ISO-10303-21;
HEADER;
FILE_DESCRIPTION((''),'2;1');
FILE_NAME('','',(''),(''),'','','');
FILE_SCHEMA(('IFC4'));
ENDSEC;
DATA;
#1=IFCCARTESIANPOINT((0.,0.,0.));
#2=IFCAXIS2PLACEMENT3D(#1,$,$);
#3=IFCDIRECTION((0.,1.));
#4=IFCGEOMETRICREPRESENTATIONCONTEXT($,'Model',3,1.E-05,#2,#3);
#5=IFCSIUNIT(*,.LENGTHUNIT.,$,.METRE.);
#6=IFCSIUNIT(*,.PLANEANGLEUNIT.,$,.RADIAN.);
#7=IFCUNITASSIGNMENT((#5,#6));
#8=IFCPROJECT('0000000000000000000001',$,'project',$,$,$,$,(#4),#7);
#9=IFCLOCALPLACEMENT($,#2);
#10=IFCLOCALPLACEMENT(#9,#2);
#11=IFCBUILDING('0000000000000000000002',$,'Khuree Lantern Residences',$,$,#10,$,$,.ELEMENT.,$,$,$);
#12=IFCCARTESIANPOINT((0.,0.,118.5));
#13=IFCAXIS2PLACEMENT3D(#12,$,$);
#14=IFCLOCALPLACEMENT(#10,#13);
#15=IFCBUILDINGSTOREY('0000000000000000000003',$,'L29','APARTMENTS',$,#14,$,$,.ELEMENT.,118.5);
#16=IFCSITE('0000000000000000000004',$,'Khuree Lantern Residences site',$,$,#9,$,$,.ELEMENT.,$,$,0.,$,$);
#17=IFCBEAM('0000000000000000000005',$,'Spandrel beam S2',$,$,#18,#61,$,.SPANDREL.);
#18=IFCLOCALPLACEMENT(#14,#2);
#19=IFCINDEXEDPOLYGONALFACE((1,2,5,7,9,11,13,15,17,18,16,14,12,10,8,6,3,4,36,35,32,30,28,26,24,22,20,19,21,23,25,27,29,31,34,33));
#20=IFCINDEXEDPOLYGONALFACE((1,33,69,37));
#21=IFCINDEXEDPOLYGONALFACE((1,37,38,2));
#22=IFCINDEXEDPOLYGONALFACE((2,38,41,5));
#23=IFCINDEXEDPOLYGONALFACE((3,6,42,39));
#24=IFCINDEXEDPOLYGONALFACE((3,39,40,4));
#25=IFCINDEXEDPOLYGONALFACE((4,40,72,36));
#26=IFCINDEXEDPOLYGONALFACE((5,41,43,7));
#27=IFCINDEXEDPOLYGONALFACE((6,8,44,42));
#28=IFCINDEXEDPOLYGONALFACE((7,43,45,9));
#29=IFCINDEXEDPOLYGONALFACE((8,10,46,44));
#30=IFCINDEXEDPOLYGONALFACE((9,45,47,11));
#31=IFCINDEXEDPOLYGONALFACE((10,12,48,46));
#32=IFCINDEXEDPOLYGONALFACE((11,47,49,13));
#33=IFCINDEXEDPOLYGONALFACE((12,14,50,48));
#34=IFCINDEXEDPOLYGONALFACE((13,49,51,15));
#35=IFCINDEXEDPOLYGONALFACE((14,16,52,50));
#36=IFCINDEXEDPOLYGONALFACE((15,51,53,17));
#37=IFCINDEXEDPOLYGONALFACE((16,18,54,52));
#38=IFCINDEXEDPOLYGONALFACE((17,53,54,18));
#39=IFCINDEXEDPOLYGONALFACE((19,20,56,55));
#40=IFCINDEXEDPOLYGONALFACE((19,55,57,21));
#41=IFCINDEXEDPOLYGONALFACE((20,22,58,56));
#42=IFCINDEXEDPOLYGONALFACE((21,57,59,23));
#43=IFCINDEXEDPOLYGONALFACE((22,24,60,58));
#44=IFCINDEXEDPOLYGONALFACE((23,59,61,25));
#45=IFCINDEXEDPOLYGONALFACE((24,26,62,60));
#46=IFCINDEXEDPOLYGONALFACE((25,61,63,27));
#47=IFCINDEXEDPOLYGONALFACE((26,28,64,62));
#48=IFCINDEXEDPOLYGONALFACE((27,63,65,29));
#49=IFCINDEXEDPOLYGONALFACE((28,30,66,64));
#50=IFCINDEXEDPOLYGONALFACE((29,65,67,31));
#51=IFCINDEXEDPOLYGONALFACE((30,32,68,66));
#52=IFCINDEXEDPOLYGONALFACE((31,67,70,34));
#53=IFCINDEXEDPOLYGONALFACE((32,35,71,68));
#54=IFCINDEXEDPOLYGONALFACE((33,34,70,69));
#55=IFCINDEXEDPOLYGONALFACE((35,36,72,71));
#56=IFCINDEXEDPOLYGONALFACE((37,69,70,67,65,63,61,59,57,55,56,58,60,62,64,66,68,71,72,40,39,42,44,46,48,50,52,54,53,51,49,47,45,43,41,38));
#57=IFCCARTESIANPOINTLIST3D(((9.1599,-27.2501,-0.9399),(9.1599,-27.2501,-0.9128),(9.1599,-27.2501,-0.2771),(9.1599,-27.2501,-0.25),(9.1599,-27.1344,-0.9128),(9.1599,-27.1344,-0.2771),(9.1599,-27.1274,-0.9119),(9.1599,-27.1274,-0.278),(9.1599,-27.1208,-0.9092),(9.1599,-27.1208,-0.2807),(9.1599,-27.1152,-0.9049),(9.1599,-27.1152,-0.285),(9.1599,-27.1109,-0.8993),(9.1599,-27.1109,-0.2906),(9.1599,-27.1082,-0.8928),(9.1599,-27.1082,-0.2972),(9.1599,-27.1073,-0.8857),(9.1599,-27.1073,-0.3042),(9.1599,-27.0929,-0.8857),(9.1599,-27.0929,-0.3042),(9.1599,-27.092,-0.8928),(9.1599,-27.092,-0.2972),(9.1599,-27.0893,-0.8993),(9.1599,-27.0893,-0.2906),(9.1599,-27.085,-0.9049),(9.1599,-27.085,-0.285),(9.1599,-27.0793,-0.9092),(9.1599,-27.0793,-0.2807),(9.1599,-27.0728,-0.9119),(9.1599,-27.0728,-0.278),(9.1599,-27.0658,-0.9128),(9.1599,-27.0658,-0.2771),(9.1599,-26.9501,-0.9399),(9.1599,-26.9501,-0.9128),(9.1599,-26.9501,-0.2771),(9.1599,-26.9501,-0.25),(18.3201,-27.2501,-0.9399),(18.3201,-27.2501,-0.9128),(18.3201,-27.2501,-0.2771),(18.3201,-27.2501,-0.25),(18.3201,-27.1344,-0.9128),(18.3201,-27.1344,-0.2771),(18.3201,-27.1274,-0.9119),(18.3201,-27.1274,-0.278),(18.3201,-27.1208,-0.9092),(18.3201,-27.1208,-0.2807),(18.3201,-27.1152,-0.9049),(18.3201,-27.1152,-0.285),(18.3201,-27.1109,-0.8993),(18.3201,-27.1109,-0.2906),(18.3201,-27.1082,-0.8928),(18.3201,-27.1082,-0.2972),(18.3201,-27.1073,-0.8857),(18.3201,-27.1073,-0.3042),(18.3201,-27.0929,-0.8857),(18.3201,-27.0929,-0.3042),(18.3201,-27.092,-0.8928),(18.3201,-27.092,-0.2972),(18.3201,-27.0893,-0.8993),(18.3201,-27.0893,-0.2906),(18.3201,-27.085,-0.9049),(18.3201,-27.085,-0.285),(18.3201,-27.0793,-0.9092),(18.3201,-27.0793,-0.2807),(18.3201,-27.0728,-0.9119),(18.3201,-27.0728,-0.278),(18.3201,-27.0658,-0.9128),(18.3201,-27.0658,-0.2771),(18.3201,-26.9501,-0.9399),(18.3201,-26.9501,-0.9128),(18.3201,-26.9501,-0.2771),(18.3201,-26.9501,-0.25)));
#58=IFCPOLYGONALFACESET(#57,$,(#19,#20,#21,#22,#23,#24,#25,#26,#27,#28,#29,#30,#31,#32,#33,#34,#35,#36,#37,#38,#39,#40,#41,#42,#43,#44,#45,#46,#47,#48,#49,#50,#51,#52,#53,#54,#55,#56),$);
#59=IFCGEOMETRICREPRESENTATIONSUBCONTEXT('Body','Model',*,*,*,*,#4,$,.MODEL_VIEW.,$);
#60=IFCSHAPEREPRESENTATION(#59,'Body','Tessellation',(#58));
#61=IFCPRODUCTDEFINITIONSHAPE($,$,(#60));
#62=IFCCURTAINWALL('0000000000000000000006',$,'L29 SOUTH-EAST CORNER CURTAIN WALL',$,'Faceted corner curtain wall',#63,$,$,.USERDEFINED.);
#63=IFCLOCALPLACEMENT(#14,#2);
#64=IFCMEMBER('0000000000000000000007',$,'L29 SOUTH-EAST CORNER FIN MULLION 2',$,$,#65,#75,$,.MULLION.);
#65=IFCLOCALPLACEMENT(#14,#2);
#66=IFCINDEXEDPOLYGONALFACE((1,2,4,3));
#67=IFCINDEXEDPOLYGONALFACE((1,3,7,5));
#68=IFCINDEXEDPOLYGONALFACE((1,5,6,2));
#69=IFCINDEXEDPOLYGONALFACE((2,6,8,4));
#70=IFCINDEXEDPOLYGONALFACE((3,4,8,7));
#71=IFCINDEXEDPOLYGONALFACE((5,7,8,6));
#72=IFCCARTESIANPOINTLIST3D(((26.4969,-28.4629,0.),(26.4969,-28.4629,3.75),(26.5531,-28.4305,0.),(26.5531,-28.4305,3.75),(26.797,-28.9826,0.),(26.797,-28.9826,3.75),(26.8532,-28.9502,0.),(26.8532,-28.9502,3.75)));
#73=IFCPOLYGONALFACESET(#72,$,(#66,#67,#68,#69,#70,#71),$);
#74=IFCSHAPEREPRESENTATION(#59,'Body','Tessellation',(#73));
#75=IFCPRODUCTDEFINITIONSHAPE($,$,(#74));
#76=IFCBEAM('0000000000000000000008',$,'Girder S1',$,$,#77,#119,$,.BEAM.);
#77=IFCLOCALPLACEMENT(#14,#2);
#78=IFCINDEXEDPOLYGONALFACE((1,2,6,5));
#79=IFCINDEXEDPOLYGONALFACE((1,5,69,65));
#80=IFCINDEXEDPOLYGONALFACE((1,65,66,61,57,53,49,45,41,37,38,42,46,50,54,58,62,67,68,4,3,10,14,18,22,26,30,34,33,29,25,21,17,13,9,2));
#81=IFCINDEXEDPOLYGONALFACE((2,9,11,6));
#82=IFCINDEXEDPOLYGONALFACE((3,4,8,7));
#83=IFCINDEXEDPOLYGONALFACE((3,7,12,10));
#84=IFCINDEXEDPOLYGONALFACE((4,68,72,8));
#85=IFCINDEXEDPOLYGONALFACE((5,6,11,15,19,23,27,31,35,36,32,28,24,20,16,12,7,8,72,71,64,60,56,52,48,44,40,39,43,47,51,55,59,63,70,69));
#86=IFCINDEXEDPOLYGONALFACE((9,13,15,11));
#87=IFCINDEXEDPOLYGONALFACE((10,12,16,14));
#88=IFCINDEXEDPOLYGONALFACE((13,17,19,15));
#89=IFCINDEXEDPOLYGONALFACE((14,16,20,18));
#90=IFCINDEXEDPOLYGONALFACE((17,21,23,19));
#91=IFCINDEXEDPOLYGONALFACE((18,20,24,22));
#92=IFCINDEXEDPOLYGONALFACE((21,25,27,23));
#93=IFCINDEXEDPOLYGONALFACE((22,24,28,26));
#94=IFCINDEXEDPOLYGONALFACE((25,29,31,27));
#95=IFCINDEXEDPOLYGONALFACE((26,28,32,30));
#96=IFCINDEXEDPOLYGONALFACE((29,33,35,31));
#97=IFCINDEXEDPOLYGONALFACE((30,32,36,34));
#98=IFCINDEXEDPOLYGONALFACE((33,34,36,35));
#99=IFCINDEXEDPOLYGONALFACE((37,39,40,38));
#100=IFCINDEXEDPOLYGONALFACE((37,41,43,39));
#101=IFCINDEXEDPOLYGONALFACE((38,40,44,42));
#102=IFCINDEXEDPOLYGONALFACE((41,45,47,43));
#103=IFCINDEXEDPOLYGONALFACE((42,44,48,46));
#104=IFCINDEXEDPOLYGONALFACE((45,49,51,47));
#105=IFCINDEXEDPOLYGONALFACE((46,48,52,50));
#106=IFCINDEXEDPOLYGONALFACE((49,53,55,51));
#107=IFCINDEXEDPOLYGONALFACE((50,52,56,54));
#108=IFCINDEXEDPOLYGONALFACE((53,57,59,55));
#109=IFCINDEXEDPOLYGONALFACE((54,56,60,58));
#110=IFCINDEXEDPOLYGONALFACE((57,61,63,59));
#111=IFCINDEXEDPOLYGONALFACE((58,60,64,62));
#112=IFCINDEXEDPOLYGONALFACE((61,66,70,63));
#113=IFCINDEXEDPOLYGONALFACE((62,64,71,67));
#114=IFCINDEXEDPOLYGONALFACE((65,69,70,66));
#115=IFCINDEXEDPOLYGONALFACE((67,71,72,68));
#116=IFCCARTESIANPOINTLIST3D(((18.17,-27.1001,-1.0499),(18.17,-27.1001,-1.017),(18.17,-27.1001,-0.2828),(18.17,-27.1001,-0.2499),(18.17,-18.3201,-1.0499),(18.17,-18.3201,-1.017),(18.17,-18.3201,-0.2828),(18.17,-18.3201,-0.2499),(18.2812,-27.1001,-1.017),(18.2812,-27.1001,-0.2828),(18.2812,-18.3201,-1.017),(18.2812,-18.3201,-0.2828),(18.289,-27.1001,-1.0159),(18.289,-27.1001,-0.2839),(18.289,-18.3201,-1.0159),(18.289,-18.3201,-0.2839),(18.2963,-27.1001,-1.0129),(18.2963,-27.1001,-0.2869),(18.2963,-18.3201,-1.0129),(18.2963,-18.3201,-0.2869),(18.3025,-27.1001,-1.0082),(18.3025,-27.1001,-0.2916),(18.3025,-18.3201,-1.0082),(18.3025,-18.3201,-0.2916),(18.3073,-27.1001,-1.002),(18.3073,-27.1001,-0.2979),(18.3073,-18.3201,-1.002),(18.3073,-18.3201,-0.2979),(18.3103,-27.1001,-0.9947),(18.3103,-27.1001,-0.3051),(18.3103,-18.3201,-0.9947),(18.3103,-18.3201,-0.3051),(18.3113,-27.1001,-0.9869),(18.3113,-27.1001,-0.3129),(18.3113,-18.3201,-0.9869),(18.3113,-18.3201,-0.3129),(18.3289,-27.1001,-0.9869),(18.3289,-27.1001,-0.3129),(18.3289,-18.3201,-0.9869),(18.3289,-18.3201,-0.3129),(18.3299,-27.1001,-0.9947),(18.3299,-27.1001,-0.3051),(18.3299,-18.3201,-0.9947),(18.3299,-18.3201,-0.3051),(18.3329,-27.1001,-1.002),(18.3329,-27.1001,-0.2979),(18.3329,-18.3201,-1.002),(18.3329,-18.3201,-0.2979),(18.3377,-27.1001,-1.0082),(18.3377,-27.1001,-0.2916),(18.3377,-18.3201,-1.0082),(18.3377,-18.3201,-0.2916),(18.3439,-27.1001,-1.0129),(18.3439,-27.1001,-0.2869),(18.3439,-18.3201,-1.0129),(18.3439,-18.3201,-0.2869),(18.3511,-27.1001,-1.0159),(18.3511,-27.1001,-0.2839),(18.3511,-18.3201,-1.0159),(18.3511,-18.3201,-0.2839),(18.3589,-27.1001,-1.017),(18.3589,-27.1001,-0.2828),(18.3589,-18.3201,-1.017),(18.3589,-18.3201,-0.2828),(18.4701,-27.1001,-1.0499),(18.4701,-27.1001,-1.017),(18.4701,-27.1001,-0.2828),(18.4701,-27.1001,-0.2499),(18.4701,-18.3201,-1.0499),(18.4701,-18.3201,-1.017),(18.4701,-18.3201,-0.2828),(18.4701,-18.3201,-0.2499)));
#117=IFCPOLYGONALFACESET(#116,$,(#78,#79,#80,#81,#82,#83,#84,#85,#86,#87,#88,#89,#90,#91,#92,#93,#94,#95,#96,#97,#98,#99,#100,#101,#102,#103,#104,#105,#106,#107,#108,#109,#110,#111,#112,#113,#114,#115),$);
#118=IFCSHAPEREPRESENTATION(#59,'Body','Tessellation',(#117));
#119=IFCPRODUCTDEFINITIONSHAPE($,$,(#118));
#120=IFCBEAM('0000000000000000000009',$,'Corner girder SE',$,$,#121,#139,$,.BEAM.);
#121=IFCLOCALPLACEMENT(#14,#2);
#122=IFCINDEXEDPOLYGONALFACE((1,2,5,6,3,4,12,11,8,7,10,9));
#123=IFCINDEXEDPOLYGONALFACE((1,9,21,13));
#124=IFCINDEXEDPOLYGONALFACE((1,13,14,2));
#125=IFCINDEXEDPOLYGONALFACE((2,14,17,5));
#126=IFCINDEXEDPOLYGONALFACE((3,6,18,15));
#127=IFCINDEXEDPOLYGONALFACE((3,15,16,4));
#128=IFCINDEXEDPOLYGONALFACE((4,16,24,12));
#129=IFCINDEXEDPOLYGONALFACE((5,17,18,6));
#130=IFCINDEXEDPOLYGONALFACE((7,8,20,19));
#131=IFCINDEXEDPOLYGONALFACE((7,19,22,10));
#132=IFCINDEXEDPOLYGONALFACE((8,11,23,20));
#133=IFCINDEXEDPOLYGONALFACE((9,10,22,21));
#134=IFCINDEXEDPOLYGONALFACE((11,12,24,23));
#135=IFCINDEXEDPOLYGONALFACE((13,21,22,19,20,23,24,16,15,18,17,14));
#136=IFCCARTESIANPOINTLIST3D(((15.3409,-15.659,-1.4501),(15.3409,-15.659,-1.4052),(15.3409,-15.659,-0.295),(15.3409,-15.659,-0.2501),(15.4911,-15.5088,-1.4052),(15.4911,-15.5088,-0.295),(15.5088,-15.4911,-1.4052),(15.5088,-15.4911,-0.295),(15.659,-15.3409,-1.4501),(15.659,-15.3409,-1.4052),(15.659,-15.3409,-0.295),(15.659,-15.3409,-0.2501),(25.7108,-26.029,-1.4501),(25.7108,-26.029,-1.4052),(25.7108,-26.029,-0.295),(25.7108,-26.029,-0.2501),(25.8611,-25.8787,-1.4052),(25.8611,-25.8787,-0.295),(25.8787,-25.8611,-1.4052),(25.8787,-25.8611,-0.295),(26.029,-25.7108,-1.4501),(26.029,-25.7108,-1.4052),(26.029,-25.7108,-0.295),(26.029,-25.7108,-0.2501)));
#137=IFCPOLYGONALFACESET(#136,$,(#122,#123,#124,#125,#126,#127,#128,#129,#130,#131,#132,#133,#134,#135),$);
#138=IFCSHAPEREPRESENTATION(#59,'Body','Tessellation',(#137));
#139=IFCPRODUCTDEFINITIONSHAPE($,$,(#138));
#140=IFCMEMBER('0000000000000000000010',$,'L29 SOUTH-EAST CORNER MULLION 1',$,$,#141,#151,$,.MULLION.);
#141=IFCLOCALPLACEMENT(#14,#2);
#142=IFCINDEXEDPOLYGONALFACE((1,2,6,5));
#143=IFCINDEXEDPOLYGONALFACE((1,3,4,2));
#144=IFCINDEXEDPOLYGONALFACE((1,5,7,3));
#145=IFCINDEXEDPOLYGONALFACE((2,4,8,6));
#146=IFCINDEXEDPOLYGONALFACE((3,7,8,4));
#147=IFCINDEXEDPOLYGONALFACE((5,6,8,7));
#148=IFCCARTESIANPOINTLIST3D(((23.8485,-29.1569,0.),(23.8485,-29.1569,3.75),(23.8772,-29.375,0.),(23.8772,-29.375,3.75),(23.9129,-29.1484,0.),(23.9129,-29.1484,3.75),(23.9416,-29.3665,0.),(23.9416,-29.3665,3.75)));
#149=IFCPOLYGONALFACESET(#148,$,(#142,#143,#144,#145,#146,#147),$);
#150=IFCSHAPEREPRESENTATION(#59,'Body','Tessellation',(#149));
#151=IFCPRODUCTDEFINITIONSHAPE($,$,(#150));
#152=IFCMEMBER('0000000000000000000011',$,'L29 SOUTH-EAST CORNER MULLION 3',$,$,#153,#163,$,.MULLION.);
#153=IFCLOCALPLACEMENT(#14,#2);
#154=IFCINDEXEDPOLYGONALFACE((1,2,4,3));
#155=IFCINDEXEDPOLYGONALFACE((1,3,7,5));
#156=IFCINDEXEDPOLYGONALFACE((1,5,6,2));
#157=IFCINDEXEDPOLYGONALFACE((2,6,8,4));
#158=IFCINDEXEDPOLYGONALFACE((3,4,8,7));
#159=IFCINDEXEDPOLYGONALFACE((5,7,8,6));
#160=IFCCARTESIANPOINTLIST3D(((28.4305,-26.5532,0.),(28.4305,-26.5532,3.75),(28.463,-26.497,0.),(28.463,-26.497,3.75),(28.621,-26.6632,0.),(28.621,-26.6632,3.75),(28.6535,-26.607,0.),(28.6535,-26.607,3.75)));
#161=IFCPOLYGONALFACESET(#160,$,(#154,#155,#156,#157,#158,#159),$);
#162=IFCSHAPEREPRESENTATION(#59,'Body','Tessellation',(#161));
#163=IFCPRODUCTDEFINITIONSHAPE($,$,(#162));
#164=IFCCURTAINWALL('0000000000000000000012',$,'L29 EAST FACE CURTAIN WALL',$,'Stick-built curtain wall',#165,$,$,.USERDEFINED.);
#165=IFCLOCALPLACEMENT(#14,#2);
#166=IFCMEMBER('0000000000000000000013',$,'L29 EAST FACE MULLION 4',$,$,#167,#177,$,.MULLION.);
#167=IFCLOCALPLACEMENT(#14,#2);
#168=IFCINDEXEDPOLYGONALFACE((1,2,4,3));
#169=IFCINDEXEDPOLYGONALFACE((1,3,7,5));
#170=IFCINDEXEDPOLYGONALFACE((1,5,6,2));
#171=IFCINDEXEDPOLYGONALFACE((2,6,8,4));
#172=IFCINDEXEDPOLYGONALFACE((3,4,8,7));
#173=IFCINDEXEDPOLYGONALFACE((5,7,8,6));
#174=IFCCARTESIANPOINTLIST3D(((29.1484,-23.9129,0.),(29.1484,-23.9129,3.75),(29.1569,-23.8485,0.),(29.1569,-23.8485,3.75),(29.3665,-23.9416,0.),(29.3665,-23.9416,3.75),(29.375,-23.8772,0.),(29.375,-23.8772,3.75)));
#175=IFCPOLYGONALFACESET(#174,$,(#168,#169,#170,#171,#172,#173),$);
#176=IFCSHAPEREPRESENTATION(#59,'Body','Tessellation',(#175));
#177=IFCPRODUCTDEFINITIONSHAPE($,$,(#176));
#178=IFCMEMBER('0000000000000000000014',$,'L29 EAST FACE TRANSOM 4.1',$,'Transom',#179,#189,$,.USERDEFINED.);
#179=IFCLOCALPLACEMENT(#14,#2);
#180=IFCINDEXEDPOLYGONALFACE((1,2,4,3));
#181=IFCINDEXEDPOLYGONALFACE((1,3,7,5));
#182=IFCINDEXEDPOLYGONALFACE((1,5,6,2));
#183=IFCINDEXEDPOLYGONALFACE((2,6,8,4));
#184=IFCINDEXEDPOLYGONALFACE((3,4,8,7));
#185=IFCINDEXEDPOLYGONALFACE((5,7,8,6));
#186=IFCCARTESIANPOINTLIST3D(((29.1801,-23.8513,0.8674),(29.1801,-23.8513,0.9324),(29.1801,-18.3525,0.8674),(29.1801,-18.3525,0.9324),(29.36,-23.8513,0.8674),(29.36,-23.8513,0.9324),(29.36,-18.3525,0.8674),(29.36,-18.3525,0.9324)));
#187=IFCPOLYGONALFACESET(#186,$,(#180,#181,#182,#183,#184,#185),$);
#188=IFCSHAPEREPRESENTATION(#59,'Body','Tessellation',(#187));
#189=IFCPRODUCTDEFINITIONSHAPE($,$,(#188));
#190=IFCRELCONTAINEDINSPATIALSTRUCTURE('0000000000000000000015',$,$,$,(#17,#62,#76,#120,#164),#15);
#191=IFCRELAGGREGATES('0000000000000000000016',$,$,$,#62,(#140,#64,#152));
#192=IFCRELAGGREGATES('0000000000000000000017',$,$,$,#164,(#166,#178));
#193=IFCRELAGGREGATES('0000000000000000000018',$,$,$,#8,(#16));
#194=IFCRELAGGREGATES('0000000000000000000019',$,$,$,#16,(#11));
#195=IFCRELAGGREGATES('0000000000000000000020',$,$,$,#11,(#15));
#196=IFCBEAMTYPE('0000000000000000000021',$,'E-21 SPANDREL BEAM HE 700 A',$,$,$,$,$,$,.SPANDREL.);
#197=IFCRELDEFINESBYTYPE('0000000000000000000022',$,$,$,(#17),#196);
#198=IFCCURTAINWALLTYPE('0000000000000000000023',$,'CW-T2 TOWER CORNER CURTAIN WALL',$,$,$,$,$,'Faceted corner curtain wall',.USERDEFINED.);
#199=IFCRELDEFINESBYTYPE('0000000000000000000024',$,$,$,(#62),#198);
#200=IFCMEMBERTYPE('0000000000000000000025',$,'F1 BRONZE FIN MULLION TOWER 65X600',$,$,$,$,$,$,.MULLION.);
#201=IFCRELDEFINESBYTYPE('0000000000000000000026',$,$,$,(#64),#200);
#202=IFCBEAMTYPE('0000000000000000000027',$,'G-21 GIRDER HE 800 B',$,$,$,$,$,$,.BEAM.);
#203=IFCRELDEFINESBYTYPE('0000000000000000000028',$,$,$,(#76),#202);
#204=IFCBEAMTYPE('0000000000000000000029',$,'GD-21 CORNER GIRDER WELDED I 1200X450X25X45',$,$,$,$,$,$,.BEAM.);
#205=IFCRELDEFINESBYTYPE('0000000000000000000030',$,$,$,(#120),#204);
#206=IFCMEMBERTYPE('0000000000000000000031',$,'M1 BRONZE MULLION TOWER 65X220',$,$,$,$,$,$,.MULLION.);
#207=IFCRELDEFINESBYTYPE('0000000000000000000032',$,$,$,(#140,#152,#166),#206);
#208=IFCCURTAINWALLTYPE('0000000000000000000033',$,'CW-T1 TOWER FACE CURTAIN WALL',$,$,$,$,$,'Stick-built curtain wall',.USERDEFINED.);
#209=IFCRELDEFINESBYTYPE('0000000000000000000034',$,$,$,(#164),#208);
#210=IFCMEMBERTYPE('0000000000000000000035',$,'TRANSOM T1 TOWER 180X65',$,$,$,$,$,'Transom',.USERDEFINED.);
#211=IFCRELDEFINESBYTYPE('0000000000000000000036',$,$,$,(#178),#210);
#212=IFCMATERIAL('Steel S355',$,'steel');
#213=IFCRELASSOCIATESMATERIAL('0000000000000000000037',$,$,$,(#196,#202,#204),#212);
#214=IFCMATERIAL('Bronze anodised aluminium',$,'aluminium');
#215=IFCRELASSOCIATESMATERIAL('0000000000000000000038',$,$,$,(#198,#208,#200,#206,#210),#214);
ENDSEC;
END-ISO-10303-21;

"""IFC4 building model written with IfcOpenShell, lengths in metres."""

from ifc_helpers import new_model, si_unit, direction, frame, origin, origin_2d, place, context, subcontext, project, spatial, rectangle, i_section, extrude, material, material_profile, profile_set, type_object, element, aggregate, save


model = new_model("IFC4")

# Units and contexts
model_context = context("Model", 3, precision=1e-05, world=origin(), true_north=direction((0.0, 1.0)))
body_context = subcontext(model_context, "Body", "Model", "MODEL_VIEW")
ifc_project = project(units=[si_unit("LENGTHUNIT", "METRE"), si_unit("PLANEANGLEUNIT", "RADIAN")], contexts=[model_context])

# Site, building, storey
site_placement = place(None, origin())
site = spatial("IfcSite", under=ifc_project, at=site_placement, Name="Khuree Lantern Residences site", CompositionType="ELEMENT", RefElevation=0.0)
building_placement = place(site_placement, origin())
building = spatial("IfcBuilding", under=site, at=building_placement, Name="Khuree Lantern Residences", CompositionType="ELEMENT")
storey_placement = place(building_placement, frame((0.0, 0.0, 118.5)))
storey = spatial("IfcBuildingStorey", under=building, at=storey_placement, Name="L29", Description="APARTMENTS", CompositionType="ELEMENT", Elevation=118.5)

# Beam
ifc_material_1 = material(Name="Steel S355", Category="steel")
ifc_material_profile_1 = material_profile(ifc_material_1, i_section(OverallWidth=0.3, OverallDepth=0.6899, WebThickness=0.0144, FlangeThickness=0.0271, FilletRadius=0.0271, at=origin_2d()), Name="HE 700 A")
ifc_profile_set_1 = profile_set([ifc_material_profile_1], Name="Steel S355")
beam_type_1 = type_object("IfcBeamType", Name="E-21 SPANDREL BEAM HE 700 A", PredefinedType="SPANDREL", material=ifc_profile_set_1)
beam_1_placement = place(storey_placement, frame((18.3201, -27.1001, -0.595), z_axis=(-1.0, 0.0, 0.0), x_axis=(0.0, -1.0, 0.0)))
element("IfcBeam", 1, at=beam_1_placement, inside=storey, type_object=beam_type_1, Name="Spandrel beam S2", PredefinedType="SPANDREL", context=body_context, shape_type="SweptSolid", body=[
    extrude(i_section(OverallWidth=0.3, OverallDepth=0.6899, WebThickness=0.0144, FlangeThickness=0.0271, FilletRadius=0.0271, at=origin_2d()), origin(), (0.0, 0.0, 1.0), 9.1602),
])

# Curtain wall, member
ifc_material_2 = material(Name="Bronze anodised aluminium", Category="aluminium")
curtain_wall_type_1 = type_object("IfcCurtainWallType", Name="CW-T2 TOWER CORNER CURTAIN WALL", ElementType="Faceted corner curtain wall", PredefinedType="USERDEFINED", material=ifc_material_2)
curtain_wall_1_placement = place(storey_placement, origin())
curtain_wall_1 = element("IfcCurtainWall", 2, at=curtain_wall_1_placement, inside=storey, type_object=curtain_wall_type_1, Name="L29 SOUTH-EAST CORNER CURTAIN WALL", ObjectType="Faceted corner curtain wall", PredefinedType="USERDEFINED")
ifc_material_profile_2 = material_profile(ifc_material_2, rectangle(XDim=0.0649, YDim=0.6001, at=origin_2d()), Name="F1 65X600")
ifc_profile_set_2 = profile_set([ifc_material_profile_2], Name="Bronze anodised aluminium")
member_type_1 = type_object("IfcMemberType", Name="F1 BRONZE FIN MULLION TOWER 65X600", PredefinedType="MULLION", material=ifc_profile_set_2)
member_1_placement = place(storey_placement, frame((26.675, -28.7065, 0.0), z_axis=(0.0, 0.0, 1.0), x_axis=(0.866025, 0.5, 0.0)))
member_1 = element("IfcMember", 3, at=member_1_placement, type_object=member_type_1, Name="L29 SOUTH-EAST CORNER FIN MULLION 2", PredefinedType="MULLION", context=body_context, shape_type="SweptSolid", body=[
    extrude(rectangle(XDim=0.0649, YDim=0.6001, at=origin_2d()), origin(), (0.0, 0.0, 1.0), 3.75),
])

# Beams
ifc_material_profile_3 = material_profile(ifc_material_1, i_section(OverallWidth=0.3, OverallDepth=0.8, WebThickness=0.0176, FlangeThickness=0.033, FilletRadius=0.03, at=origin_2d()), Name="HE 800 B")
ifc_profile_set_3 = profile_set([ifc_material_profile_3], Name="Steel S355")
beam_type_2 = type_object("IfcBeamType", Name="G-21 GIRDER HE 800 B", PredefinedType="BEAM", material=ifc_profile_set_3)
beam_2_placement = place(storey_placement, frame((18.3201, -27.1001, -0.6499), z_axis=(0.0, 1.0, 0.0), x_axis=(-1.0, 0.0, 0.0)))
element("IfcBeam", 4, at=beam_2_placement, inside=storey, type_object=beam_type_2, Name="Girder S1", PredefinedType="BEAM", context=body_context, shape_type="SweptSolid", body=[
    extrude(i_section(OverallWidth=0.3, OverallDepth=0.8, WebThickness=0.0176, FlangeThickness=0.033, FilletRadius=0.03, at=origin_2d()), origin(), (0.0, 0.0, 1.0), 8.78),
])
ifc_material_profile_4 = material_profile(ifc_material_1, i_section(OverallWidth=0.45, OverallDepth=1.2, WebThickness=0.0249, FlangeThickness=0.0449, at=origin_2d()), Name="WELDED I 1200X450X25X45")
ifc_profile_set_4 = profile_set([ifc_material_profile_4], Name="Steel S355")
beam_type_3 = type_object("IfcBeamType", Name="GD-21 CORNER GIRDER WELDED I 1200X450X25X45", PredefinedType="BEAM", material=ifc_profile_set_4)
beam_3_placement = place(storey_placement, frame((25.8699, -25.8699, -0.8501), z_axis=(-0.707107, 0.707107, 0.0), x_axis=(-0.707107, -0.707107, 0.0)))
element("IfcBeam", 5, at=beam_3_placement, inside=storey, type_object=beam_type_3, Name="Corner girder SE", PredefinedType="BEAM", context=body_context, shape_type="SweptSolid", body=[
    extrude(i_section(OverallWidth=0.45, OverallDepth=1.2, WebThickness=0.0249, FlangeThickness=0.0449, at=origin_2d()), origin(), (0.0, 0.0, 1.0), 14.6653),
])

# Members
ifc_material_profile_5 = material_profile(ifc_material_2, rectangle(XDim=0.0649, YDim=0.22, at=origin_2d()), Name="M1 65X220")
ifc_profile_set_5 = profile_set([ifc_material_profile_5], Name="Bronze anodised aluminium")
member_type_2 = type_object("IfcMemberType", Name="M1 BRONZE MULLION TOWER 65X220", PredefinedType="MULLION", material=ifc_profile_set_5)
member_2_placement = place(storey_placement, frame((23.895, -29.2617, 0.0), z_axis=(0.0, 0.0, 1.0), x_axis=(0.991445, 0.130526, 0.0)))
member_2 = element("IfcMember", 6, at=member_2_placement, type_object=member_type_2, Name="L29 SOUTH-EAST CORNER MULLION 1", PredefinedType="MULLION", context=body_context, shape_type="SweptSolid", body=[
    extrude(rectangle(XDim=0.0649, YDim=0.22, at=origin_2d()), origin(), (0.0, 0.0, 1.0), 3.75),
])
member_3_placement = place(storey_placement, frame((28.542, -26.5801, 0.0), z_axis=(0.0, 0.0, 1.0), x_axis=(0.5, 0.866025, 0.0)))
member_3 = element("IfcMember", 7, at=member_3_placement, type_object=member_type_2, Name="L29 SOUTH-EAST CORNER MULLION 3", PredefinedType="MULLION", context=body_context, shape_type="SweptSolid", body=[
    extrude(rectangle(XDim=0.0649, YDim=0.22, at=origin_2d()), origin(), (0.0, 0.0, 1.0), 3.75),
])

# Curtain wall, members
curtain_wall_type_2 = type_object("IfcCurtainWallType", Name="CW-T1 TOWER FACE CURTAIN WALL", ElementType="Stick-built curtain wall", PredefinedType="USERDEFINED", material=ifc_material_2)
curtain_wall_2_placement = place(storey_placement, origin())
curtain_wall_2 = element("IfcCurtainWall", 8, at=curtain_wall_2_placement, inside=storey, type_object=curtain_wall_type_2, Name="L29 EAST FACE CURTAIN WALL", ObjectType="Stick-built curtain wall", PredefinedType="USERDEFINED")
member_4_placement = place(storey_placement, frame((29.2617, -23.895, 0.0), z_axis=(0.0, 0.0, 1.0), x_axis=(0.130526, 0.991445, 0.0)))
member_4 = element("IfcMember", 9, at=member_4_placement, type_object=member_type_2, Name="L29 EAST FACE MULLION 4", PredefinedType="MULLION", context=body_context, shape_type="SweptSolid", body=[
    extrude(rectangle(XDim=0.0649, YDim=0.22, at=origin_2d()), origin(), (0.0, 0.0, 1.0), 3.75),
])
ifc_material_profile_6 = material_profile(ifc_material_2, rectangle(XDim=0.1799, YDim=0.0649, at=origin_2d()), Name="T1 180X65")
ifc_profile_set_6 = profile_set([ifc_material_profile_6], Name="Bronze anodised aluminium")
member_type_3 = type_object("IfcMemberType", Name="TRANSOM T1 TOWER 180X65", ElementType="Transom", PredefinedType="USERDEFINED", material=ifc_profile_set_6)
member_5_placement = place(storey_placement, frame((29.27, -23.8513, 0.8999), z_axis=(0.0, 1.0, 0.0), x_axis=(-1.0, 0.0, 0.0)))
member_5 = element("IfcMember", 10, at=member_5_placement, type_object=member_type_3, Name="L29 EAST FACE TRANSOM 4.1", ObjectType="Transom", PredefinedType="USERDEFINED", context=body_context, shape_type="SweptSolid", body=[
    extrude(rectangle(XDim=0.1799, YDim=0.0649, at=origin_2d()), origin(), (0.0, 0.0, 1.0), 5.4988),
])

aggregate(curtain_wall_1, [member_2, member_1, member_3])
aggregate(curtain_wall_2, [member_4, member_5])

save(model, "model.ifc")
